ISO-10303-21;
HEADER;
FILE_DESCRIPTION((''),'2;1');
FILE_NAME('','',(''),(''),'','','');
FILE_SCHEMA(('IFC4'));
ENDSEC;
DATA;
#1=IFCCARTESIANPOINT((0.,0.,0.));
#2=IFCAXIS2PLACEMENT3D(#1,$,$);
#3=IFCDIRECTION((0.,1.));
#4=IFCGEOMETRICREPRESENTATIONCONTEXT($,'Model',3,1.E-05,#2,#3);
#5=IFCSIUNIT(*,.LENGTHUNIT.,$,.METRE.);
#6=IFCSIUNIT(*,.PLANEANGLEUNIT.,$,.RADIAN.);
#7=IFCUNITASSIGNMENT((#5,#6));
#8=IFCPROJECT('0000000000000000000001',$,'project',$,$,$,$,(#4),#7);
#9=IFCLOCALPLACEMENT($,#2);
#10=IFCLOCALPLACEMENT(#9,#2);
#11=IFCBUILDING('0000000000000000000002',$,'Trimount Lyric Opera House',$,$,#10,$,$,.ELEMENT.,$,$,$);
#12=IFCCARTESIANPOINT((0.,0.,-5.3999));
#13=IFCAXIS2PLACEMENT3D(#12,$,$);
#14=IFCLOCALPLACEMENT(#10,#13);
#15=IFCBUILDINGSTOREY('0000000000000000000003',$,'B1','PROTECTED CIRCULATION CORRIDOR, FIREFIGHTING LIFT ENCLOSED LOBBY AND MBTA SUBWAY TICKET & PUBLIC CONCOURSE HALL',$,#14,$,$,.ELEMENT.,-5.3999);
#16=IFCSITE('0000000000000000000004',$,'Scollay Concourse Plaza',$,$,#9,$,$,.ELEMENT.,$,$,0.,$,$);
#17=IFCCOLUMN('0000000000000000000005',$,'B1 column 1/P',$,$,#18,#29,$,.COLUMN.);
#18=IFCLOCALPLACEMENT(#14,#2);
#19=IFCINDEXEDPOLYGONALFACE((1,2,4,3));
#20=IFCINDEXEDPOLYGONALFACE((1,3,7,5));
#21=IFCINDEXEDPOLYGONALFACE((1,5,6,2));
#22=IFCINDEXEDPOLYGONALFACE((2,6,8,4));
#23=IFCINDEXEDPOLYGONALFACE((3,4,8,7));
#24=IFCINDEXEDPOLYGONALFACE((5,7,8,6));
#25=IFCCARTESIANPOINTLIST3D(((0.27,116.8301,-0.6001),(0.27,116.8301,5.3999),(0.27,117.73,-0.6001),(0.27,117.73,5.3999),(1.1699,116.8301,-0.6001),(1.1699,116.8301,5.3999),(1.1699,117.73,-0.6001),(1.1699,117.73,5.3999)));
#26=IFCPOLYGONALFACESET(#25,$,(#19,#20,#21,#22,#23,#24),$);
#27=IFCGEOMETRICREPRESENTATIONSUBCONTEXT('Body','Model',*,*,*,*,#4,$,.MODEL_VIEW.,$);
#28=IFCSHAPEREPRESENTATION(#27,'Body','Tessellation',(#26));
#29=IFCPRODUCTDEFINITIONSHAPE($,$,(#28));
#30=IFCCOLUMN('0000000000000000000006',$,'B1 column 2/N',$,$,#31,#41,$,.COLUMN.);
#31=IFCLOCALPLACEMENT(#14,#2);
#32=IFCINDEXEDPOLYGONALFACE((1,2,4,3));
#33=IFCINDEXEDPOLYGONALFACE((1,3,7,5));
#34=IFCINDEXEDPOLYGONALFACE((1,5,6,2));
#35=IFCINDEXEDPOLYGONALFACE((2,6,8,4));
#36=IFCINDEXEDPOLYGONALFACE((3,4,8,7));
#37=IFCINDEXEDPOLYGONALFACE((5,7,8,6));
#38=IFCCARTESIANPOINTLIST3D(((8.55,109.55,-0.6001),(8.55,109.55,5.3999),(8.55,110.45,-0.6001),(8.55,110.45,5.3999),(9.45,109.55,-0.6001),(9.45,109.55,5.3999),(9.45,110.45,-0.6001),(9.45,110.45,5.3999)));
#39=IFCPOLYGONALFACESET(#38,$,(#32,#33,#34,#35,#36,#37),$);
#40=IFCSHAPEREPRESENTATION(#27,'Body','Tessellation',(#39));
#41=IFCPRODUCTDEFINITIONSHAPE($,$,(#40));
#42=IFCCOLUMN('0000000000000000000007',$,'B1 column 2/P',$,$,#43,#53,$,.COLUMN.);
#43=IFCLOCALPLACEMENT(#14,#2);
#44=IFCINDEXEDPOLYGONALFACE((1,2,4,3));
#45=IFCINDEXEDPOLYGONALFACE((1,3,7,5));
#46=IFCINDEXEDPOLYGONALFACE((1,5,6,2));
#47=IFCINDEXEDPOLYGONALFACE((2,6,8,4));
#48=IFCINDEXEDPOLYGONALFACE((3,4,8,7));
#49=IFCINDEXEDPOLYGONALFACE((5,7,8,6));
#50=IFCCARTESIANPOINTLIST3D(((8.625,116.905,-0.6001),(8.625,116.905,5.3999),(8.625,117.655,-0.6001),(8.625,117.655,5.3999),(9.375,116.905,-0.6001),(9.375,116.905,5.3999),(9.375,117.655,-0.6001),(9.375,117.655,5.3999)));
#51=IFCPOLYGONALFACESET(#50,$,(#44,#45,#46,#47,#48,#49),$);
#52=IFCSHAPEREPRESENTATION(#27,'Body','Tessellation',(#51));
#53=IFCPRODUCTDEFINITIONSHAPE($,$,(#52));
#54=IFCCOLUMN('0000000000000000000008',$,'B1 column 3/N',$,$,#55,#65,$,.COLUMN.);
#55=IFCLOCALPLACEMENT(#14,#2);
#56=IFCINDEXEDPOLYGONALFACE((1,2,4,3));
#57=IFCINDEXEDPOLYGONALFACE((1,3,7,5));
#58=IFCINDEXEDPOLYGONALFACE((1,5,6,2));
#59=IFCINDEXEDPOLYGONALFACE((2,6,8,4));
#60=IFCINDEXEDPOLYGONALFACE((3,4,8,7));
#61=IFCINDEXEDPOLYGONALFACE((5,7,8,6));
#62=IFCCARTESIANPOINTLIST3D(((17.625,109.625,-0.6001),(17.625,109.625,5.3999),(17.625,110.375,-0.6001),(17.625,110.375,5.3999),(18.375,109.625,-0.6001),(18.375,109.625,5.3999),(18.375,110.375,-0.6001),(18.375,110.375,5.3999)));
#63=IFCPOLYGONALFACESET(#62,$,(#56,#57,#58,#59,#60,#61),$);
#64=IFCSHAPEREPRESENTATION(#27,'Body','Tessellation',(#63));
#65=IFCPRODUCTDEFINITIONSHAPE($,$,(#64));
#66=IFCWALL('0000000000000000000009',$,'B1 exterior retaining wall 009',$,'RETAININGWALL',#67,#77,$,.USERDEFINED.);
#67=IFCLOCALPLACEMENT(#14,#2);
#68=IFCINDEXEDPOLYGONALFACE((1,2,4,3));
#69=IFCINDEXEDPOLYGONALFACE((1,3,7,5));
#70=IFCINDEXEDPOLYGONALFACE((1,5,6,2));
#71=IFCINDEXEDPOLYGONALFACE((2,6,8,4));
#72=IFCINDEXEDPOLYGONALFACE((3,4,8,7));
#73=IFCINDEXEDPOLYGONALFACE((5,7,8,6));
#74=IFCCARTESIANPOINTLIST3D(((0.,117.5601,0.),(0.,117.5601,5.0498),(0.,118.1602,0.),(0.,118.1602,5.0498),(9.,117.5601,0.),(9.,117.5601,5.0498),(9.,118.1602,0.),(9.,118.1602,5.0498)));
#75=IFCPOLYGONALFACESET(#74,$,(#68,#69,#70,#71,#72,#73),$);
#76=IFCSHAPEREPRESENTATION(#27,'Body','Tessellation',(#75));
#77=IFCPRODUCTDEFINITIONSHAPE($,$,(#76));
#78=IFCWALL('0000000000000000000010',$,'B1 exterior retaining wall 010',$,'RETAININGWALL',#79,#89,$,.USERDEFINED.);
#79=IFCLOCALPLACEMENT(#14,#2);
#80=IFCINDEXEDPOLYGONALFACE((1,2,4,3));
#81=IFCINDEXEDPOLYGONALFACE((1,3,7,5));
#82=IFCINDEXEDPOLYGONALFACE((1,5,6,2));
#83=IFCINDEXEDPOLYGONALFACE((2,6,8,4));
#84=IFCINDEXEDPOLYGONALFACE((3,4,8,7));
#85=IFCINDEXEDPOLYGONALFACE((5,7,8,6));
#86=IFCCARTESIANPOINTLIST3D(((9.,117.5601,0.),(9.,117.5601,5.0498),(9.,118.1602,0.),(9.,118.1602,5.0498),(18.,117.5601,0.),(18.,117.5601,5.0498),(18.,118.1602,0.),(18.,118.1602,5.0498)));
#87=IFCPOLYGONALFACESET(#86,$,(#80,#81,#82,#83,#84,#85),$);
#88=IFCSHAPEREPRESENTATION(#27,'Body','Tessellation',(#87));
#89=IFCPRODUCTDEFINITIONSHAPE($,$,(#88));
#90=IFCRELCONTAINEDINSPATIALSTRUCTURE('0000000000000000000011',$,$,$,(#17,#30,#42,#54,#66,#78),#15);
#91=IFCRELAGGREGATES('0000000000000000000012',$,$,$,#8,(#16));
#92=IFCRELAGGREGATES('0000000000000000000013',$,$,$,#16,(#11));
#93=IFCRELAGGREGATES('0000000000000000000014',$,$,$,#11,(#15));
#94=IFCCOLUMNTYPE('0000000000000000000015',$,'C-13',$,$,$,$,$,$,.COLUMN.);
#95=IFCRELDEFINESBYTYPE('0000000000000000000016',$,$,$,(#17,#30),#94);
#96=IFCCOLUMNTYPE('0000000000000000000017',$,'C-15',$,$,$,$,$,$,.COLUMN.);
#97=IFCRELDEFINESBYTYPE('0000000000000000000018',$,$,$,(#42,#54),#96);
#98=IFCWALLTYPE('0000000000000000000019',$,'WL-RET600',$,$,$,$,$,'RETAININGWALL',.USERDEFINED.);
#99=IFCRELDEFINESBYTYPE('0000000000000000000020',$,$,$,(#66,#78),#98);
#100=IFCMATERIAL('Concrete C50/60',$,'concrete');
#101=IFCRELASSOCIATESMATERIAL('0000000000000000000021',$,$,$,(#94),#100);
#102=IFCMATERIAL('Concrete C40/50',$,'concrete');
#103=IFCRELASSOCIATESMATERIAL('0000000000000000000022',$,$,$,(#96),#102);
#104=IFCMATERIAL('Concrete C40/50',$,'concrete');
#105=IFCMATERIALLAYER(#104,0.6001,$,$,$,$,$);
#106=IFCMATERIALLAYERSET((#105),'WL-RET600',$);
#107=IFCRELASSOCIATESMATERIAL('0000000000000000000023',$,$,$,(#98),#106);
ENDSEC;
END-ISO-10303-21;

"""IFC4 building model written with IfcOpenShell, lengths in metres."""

from ifc_helpers import new_model, si_unit, direction, frame, frame_2d, origin, origin_2d, place, context, subcontext, project, spatial, rectangle, extrude, material, layer, layer_set, material_profile, profile_set, type_object, element, save


model = new_model("IFC4")

# Units and contexts
model_context = context("Model", 3, precision=1e-05, world=origin(), true_north=direction((0.0, 1.0)))
body_context = subcontext(model_context, "Body", "Model", "MODEL_VIEW")
ifc_project = project(units=[si_unit("LENGTHUNIT", "METRE"), si_unit("PLANEANGLEUNIT", "RADIAN")], contexts=[model_context])

# Site, building, storey
site_placement = place(None, origin())
site = spatial("IfcSite", under=ifc_project, at=site_placement, Name="Scollay Concourse Plaza", CompositionType="ELEMENT", RefElevation=0.0)
building_placement = place(site_placement, origin())
building = spatial("IfcBuilding", under=site, at=building_placement, Name="Trimount Lyric Opera House", CompositionType="ELEMENT")
storey_placement = place(building_placement, frame((0.0, 0.0, -5.3999)))
storey = spatial("IfcBuildingStorey", under=building, at=storey_placement, Name="B1", Description="PROTECTED CIRCULATION CORRIDOR, FIREFIGHTING LIFT ENCLOSED LOBBY AND MBTA SUBWAY TICKET & PUBLIC CONCOURSE HALL", CompositionType="ELEMENT", Elevation=-5.3999)

# Columns
ifc_material_1 = material(Name="Concrete C50/60", Category="concrete")
ifc_material_profile_1 = material_profile(ifc_material_1, rectangle(XDim=0.8999, YDim=0.8999, at=origin_2d()), Name="RC900X900")
ifc_profile_set_1 = profile_set([ifc_material_profile_1], Name="Concrete C50/60")
column_type_1 = type_object("IfcColumnType", Name="C-13", PredefinedType="COLUMN", material=ifc_profile_set_1)
for number, where, z_axis, x_axis, name in (
    (1, (0.72, 117.28, -0.6001), (0.0, 0.0, 1.0), (1.0, 0.0, 0.0), "B1 column 1/P"),
    (2, (9.0, 110.0, -0.6001), (0.0, 0.0, 1.0), (1.0, 0.0, 0.0), "B1 column 2/N"),
):
    element("IfcColumn", number, at=place(storey_placement, frame(where, z_axis=z_axis, x_axis=x_axis)), inside=storey, type_object=column_type_1, Name=name, PredefinedType="COLUMN", context=body_context, shape_type="SweptSolid", body=[
        extrude(rectangle(XDim=0.8999, YDim=0.8999, at=origin_2d()), origin(), (0.0, 0.0, 1.0), 6.0),
    ])
ifc_material_2 = material(Name="Concrete C40/50", Category="concrete")
ifc_material_profile_2 = material_profile(ifc_material_2, rectangle(XDim=0.75, YDim=0.75, at=origin_2d()), Name="RC750X750")
ifc_profile_set_2 = profile_set([ifc_material_profile_2], Name="Concrete C40/50")
column_type_2 = type_object("IfcColumnType", Name="C-15", PredefinedType="COLUMN", material=ifc_profile_set_2)
for number, where, z_axis, x_axis, name in (
    (3, (9.0, 117.28, -0.6001), (0.0, 0.0, 1.0), (1.0, 0.0, 0.0), "B1 column 2/P"),
    (4, (18.0, 110.0, -0.6001), (0.0, 0.0, 1.0), (1.0, 0.0, 0.0), "B1 column 3/N"),
):
    element("IfcColumn", number, at=place(storey_placement, frame(where, z_axis=z_axis, x_axis=x_axis)), inside=storey, type_object=column_type_2, Name=name, PredefinedType="COLUMN", context=body_context, shape_type="SweptSolid", body=[
        extrude(rectangle(XDim=0.75, YDim=0.75, at=origin_2d()), origin(), (0.0, 0.0, 1.0), 6.0),
    ])

# Walls
ifc_material_3 = material(Name="Concrete C40/50", Category="concrete")
ifc_layer = layer(ifc_material_3, 0.6001)
ifc_layer_set = layer_set([ifc_layer], Name="WL-RET600")
wall_type = type_object("IfcWallType", Name="WL-RET600", ElementType="RETAININGWALL", PredefinedType="USERDEFINED", material=ifc_layer_set)
for number, where, z_axis, x_axis, name in (
    (5, (0.0, 117.8601, 0.0), (0.0, 0.0, 1.0), (1.0, 0.0, 0.0), "B1 exterior retaining wall 009"),
    (6, (9.0, 117.8601, 0.0), (0.0, 0.0, 1.0), (1.0, 0.0, 0.0), "B1 exterior retaining wall 010"),
):
    element("IfcWall", number, at=place(storey_placement, frame(where, z_axis=z_axis, x_axis=x_axis)), inside=storey, type_object=wall_type, Name=name, ObjectType="RETAININGWALL", PredefinedType="USERDEFINED", context=body_context, shape_type="SweptSolid", body=[
        extrude(rectangle(XDim=9.0, YDim=0.6001, at=frame_2d((4.5, 0.0))), origin(), (0.0, 0.0, 1.0), 5.0498),
    ])

save(model, "model.ifc")
